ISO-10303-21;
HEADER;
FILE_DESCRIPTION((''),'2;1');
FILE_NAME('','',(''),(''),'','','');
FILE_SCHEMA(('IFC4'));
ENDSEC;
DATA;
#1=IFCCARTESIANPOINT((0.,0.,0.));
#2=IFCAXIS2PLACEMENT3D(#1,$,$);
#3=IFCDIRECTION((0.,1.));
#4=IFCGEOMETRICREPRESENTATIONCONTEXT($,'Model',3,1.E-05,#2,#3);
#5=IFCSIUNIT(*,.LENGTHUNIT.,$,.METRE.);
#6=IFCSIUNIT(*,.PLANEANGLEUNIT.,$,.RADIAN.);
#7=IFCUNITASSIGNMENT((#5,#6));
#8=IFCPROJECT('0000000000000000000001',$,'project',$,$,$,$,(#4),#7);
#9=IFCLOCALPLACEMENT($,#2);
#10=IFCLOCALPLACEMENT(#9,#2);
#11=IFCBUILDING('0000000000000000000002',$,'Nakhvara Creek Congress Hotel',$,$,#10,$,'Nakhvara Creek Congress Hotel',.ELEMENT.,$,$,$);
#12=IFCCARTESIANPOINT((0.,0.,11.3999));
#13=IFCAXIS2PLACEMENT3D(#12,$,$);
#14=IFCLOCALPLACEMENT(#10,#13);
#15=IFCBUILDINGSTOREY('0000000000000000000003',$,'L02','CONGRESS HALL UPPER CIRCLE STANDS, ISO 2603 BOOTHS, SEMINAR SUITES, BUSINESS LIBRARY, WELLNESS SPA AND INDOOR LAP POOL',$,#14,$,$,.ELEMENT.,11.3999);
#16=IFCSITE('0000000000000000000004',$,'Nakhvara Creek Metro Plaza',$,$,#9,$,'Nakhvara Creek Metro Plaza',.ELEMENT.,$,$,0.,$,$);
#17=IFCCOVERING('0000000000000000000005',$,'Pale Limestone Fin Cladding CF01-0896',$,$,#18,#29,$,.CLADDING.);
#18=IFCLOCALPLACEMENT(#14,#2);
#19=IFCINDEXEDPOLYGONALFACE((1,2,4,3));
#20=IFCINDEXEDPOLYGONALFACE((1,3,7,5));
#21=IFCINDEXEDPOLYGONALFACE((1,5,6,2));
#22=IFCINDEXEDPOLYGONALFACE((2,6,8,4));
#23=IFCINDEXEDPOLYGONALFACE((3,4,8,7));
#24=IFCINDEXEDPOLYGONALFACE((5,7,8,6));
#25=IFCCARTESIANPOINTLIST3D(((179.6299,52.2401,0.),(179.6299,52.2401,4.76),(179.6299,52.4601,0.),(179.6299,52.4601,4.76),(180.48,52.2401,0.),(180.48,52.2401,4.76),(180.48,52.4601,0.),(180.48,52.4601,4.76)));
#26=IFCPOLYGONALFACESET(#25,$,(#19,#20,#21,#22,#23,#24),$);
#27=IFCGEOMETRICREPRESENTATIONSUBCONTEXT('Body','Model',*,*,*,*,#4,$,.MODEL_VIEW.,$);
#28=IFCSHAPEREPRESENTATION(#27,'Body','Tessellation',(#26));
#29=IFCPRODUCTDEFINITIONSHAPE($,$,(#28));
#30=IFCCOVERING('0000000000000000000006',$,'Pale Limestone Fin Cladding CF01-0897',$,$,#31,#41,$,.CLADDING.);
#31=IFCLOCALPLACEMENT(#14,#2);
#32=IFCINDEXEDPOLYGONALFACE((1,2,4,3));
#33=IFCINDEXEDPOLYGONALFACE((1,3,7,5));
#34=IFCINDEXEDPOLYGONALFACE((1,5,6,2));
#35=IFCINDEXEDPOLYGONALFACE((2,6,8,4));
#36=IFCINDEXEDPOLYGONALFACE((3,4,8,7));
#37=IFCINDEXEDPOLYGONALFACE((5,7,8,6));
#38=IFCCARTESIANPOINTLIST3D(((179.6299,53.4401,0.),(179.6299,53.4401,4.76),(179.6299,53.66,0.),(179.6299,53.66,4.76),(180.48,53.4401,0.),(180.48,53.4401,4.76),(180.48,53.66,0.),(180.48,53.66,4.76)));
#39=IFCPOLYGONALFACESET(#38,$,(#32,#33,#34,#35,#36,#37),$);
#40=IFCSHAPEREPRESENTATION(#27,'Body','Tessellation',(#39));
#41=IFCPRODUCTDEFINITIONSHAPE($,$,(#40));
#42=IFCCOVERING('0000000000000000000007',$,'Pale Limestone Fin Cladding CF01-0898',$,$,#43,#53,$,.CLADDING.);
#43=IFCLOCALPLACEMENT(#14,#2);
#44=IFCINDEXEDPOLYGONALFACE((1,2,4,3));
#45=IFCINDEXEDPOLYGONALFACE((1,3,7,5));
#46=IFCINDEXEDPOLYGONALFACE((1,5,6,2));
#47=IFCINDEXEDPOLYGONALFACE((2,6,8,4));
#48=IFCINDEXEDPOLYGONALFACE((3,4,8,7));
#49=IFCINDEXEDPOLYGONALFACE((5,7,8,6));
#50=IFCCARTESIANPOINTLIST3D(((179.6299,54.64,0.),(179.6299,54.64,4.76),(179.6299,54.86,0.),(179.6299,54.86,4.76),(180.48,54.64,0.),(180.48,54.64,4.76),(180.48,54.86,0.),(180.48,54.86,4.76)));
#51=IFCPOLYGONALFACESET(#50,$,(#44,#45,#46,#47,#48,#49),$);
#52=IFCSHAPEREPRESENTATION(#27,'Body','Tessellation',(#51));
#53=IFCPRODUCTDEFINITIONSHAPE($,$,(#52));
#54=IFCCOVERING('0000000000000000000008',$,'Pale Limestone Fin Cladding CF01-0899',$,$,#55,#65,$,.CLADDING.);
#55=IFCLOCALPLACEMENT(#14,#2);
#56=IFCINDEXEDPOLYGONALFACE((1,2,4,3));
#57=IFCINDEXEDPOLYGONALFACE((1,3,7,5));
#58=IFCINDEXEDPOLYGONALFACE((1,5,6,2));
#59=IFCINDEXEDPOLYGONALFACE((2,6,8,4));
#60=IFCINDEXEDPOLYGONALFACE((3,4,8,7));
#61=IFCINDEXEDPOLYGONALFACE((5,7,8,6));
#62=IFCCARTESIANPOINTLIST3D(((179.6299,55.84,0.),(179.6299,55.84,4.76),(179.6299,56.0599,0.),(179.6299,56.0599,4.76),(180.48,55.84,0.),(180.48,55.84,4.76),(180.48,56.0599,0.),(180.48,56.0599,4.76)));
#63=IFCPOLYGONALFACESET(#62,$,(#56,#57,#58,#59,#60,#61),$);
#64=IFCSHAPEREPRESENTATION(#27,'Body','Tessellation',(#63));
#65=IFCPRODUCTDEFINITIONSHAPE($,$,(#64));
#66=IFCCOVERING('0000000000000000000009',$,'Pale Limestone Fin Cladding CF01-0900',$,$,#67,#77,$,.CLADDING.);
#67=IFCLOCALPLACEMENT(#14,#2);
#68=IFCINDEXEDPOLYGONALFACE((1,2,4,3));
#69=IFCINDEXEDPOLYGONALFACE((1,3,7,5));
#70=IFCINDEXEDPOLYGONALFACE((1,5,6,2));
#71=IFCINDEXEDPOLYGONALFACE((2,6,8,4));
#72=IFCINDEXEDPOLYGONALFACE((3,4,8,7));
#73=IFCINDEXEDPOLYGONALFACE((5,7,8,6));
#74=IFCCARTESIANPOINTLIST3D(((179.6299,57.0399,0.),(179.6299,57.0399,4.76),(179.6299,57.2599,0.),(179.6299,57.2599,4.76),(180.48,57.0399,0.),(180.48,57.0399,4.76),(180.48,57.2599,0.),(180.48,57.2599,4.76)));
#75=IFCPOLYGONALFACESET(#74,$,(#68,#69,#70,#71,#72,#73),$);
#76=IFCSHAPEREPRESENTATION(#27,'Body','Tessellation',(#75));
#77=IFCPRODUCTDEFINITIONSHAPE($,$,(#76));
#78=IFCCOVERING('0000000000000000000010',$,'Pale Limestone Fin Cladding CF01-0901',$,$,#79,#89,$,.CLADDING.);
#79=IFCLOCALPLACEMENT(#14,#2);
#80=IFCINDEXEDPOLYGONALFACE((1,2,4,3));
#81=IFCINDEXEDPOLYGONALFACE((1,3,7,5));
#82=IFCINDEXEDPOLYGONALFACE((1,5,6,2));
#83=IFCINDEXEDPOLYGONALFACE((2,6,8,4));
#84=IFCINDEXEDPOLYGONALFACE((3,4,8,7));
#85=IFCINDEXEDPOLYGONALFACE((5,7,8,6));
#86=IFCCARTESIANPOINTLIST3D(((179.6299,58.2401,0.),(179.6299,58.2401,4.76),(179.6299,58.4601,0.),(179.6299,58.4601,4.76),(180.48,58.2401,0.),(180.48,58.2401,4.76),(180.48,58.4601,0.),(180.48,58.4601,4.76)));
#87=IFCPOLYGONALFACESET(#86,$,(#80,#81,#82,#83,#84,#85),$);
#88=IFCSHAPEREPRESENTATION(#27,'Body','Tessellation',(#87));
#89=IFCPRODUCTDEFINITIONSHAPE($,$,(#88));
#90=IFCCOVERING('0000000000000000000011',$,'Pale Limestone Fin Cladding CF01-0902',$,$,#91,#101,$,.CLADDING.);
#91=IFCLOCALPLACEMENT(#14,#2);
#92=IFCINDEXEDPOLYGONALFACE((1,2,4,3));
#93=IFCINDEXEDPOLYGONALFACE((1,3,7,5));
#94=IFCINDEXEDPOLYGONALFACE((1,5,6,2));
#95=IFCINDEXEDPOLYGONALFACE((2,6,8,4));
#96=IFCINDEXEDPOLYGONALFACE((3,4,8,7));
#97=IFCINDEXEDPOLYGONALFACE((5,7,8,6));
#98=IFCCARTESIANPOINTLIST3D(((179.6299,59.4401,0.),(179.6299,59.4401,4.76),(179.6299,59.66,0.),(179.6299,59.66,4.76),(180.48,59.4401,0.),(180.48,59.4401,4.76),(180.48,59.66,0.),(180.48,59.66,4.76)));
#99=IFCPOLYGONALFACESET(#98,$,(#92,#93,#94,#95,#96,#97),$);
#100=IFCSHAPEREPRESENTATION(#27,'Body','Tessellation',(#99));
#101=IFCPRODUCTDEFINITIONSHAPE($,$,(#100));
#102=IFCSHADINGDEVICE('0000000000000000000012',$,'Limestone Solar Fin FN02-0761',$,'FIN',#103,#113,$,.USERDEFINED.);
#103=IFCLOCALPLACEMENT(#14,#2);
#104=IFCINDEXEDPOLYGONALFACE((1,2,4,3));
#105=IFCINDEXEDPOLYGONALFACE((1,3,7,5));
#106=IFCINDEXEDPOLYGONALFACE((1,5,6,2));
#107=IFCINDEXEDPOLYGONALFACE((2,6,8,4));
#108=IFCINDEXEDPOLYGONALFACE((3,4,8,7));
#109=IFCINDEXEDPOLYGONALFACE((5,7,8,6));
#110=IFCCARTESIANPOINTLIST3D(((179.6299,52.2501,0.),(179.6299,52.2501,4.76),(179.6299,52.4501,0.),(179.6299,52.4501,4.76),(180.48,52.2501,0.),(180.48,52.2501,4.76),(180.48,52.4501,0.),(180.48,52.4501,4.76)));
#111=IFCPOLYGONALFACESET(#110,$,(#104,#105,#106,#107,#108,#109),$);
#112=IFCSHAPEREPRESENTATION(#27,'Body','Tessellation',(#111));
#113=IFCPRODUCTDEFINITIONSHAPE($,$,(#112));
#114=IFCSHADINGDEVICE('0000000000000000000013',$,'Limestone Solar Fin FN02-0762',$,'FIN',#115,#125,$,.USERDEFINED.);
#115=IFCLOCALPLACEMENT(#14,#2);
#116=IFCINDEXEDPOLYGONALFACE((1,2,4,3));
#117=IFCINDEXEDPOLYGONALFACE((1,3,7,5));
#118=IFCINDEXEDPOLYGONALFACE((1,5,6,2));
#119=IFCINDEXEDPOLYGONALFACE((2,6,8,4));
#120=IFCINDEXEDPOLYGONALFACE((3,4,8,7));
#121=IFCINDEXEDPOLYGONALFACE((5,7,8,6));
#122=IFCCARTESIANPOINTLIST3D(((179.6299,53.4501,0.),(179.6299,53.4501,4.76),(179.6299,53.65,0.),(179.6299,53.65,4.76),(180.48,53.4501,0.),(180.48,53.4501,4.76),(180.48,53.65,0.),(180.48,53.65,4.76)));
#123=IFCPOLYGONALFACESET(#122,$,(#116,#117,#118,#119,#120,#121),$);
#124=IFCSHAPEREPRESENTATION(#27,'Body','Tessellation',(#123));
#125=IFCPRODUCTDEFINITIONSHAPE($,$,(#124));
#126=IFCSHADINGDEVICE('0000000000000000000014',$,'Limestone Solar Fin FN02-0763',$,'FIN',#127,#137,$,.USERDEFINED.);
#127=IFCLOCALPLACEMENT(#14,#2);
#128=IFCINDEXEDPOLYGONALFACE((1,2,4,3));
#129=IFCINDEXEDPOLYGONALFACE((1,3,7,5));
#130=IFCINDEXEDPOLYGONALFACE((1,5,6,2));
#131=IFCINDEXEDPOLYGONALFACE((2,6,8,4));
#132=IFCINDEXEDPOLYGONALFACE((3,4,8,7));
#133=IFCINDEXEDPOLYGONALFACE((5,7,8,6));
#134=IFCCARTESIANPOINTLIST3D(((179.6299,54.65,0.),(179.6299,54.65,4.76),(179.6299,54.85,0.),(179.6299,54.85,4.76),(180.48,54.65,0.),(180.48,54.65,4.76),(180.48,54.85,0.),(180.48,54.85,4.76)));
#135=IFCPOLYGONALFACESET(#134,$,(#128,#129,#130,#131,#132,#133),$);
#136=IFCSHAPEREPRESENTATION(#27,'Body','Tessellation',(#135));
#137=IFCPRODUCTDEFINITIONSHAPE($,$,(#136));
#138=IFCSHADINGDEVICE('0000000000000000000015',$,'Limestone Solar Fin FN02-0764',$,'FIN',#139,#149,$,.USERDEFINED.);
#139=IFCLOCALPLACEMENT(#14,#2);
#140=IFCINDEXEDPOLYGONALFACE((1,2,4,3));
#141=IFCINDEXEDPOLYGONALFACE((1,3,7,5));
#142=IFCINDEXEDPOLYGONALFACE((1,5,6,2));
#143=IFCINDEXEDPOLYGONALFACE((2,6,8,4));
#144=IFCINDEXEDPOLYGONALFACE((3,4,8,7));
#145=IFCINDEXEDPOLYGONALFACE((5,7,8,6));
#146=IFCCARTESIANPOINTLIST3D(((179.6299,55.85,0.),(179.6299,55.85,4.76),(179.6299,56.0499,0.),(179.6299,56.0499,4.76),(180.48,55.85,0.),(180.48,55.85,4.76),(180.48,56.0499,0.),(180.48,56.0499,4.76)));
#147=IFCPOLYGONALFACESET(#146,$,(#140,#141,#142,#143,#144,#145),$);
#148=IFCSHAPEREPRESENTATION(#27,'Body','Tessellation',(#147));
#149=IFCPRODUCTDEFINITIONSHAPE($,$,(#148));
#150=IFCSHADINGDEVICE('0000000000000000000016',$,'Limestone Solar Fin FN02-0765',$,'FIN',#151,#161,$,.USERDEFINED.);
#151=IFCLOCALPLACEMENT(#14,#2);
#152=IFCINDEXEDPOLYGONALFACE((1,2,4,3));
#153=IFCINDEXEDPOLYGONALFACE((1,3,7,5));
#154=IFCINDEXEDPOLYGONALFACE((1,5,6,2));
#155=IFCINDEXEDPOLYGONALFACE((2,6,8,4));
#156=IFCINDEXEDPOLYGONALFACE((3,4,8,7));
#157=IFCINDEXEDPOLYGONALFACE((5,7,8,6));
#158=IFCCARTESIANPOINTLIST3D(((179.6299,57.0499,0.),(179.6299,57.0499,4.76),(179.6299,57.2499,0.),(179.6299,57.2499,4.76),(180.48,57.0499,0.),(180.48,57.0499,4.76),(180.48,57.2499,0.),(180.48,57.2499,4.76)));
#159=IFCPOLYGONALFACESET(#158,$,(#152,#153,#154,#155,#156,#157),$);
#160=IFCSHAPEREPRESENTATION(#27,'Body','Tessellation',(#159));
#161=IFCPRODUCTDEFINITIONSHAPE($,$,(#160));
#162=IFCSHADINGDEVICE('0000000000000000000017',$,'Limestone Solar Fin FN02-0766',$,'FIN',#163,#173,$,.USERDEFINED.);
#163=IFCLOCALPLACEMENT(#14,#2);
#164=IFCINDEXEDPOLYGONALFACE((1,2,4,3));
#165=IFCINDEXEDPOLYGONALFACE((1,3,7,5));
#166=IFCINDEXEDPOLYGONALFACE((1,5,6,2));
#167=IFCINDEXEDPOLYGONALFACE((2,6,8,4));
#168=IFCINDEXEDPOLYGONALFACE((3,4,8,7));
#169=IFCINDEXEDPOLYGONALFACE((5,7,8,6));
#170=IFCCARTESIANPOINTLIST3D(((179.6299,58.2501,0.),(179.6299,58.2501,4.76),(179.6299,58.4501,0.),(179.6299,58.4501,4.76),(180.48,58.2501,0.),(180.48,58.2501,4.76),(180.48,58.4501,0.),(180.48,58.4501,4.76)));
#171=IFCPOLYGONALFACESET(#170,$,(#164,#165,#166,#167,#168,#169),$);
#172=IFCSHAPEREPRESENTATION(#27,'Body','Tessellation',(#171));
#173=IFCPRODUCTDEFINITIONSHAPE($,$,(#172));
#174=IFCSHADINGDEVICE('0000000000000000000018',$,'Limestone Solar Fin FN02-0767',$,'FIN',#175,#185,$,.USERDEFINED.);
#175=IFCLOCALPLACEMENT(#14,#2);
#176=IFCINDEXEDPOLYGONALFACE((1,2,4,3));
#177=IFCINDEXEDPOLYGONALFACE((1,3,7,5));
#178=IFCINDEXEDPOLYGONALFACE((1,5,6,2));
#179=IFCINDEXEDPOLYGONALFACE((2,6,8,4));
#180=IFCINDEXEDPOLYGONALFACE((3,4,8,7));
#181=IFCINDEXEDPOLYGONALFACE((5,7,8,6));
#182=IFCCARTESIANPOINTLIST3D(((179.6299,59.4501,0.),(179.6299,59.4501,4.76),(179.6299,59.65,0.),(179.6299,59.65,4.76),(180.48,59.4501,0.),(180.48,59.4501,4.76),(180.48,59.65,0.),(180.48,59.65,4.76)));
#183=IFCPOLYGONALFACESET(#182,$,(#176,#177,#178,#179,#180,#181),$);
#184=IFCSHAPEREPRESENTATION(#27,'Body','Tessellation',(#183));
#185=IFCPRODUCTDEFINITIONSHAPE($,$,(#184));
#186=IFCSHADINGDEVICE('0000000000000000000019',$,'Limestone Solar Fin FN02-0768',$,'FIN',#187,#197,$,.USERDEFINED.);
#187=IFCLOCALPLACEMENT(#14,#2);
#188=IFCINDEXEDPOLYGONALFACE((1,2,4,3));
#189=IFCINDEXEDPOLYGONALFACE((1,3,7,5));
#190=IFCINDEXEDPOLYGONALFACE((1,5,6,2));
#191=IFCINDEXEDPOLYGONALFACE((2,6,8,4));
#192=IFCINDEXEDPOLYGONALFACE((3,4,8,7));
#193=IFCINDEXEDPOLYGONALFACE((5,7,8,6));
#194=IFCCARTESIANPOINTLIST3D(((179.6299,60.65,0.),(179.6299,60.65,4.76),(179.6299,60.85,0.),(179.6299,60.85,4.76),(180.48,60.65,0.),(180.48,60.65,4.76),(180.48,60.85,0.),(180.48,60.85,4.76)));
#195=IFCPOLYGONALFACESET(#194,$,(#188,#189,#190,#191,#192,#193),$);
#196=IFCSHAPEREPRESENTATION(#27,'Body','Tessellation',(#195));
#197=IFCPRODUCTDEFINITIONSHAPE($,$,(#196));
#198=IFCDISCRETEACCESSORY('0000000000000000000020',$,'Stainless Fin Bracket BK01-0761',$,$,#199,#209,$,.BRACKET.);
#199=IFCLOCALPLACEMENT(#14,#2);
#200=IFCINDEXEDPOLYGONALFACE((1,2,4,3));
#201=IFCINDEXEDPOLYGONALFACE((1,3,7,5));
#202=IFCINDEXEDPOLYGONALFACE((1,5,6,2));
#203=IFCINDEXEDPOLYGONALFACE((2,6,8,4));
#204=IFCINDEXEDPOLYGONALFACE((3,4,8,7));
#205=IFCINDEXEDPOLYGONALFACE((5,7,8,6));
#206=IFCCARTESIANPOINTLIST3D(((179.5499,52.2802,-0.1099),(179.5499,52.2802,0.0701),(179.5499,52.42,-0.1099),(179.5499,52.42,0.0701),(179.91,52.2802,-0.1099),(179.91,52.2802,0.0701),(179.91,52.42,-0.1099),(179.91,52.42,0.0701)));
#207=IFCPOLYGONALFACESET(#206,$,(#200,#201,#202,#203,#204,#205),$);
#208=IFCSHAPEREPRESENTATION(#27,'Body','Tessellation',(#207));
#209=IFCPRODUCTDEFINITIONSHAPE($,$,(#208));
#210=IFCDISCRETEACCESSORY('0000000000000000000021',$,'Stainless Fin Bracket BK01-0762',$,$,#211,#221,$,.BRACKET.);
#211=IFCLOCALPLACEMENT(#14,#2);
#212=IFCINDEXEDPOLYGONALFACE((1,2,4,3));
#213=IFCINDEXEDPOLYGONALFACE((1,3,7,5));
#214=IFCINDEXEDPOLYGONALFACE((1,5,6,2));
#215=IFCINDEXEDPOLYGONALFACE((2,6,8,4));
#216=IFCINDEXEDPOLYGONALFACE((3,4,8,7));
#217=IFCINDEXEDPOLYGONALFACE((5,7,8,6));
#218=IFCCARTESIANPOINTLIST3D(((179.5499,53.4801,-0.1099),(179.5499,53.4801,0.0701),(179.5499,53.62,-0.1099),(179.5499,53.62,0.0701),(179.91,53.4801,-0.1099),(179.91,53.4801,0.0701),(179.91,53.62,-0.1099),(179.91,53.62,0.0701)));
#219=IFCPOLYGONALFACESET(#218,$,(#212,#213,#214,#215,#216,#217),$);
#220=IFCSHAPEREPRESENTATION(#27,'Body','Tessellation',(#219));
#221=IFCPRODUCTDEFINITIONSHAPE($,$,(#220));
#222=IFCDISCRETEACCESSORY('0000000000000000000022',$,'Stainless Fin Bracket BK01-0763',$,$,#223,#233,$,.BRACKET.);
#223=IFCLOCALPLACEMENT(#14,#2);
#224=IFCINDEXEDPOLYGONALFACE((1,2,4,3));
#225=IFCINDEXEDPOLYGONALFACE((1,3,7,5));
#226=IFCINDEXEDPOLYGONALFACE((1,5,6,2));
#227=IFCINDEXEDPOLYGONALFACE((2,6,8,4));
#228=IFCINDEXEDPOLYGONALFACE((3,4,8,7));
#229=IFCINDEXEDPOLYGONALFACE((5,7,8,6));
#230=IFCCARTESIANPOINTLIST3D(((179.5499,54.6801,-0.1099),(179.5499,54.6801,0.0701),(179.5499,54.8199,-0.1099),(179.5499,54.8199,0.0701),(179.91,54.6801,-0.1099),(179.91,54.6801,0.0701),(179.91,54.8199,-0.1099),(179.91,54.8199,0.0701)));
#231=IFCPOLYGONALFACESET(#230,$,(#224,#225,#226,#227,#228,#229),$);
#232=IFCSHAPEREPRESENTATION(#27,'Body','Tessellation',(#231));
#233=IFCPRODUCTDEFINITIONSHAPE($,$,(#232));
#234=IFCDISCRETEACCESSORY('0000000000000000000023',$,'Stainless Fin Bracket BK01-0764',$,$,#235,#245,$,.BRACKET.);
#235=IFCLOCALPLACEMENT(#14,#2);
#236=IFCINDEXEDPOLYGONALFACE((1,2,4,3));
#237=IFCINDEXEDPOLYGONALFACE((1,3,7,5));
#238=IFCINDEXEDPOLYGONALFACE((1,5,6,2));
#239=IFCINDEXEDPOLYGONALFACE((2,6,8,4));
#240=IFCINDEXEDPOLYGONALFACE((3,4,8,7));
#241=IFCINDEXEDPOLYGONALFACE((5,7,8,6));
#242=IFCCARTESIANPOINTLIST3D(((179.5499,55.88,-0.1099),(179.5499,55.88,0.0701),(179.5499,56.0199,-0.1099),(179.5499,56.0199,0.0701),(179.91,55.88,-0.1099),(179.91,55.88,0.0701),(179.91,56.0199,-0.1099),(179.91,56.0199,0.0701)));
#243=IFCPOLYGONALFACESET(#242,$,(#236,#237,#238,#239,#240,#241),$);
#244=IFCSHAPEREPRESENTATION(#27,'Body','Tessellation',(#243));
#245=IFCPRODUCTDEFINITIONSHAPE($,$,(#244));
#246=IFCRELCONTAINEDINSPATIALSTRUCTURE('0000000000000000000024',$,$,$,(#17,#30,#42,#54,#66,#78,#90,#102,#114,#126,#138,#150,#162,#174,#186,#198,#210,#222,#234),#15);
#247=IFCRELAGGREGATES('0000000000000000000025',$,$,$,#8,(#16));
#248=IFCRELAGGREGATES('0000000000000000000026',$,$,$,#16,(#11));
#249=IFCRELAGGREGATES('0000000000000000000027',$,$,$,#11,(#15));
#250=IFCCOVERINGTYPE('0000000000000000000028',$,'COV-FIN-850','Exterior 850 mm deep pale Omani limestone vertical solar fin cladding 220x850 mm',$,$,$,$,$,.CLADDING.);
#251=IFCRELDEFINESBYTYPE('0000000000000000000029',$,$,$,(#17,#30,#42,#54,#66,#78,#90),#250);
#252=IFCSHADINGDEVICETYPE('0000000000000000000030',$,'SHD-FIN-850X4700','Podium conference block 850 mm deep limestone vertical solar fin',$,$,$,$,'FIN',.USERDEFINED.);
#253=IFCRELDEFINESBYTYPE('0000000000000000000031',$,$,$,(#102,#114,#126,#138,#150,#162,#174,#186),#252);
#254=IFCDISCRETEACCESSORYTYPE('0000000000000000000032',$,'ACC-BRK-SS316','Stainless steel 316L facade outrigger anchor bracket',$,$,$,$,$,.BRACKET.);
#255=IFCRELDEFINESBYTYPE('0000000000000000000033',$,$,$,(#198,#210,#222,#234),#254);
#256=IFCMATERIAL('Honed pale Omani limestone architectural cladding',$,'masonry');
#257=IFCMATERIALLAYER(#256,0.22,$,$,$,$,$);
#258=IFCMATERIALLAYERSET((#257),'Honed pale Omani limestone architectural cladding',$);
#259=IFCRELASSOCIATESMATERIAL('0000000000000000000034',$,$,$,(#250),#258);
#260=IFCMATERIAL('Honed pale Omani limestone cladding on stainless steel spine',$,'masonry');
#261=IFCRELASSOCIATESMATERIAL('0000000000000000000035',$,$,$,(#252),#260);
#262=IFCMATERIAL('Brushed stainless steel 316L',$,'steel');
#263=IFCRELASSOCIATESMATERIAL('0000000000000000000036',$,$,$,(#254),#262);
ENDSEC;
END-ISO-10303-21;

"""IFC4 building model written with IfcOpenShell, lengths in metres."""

from ifc_helpers import new_model, si_unit, direction, frame, origin, origin_2d, place, context, subcontext, project, spatial, rectangle, extrude, material, layer, layer_set, type_object, element, save


model = new_model("IFC4")

# Units and contexts
model_context = context("Model", 3, precision=1e-05, world=origin(), true_north=direction((0.0, 1.0)))
body_context = subcontext(model_context, "Body", "Model", "MODEL_VIEW")
ifc_project = project(units=[si_unit("LENGTHUNIT", "METRE"), si_unit("PLANEANGLEUNIT", "RADIAN")], contexts=[model_context])

# Site, building, storey
site_placement = place(None, origin())
site = spatial("IfcSite", under=ifc_project, at=site_placement, Name="Nakhvara Creek Metro Plaza", LongName="Nakhvara Creek Metro Plaza", CompositionType="ELEMENT", RefElevation=0.0)
building_placement = place(site_placement, origin())
building = spatial("IfcBuilding", under=site, at=building_placement, Name="Nakhvara Creek Congress Hotel", LongName="Nakhvara Creek Congress Hotel", CompositionType="ELEMENT")
storey_placement = place(building_placement, frame((0.0, 0.0, 11.3999)))
storey = spatial("IfcBuildingStorey", under=building, at=storey_placement, Name="L02", Description="CONGRESS HALL UPPER CIRCLE STANDS, ISO 2603 BOOTHS, SEMINAR SUITES, BUSINESS LIBRARY, WELLNESS SPA AND INDOOR LAP POOL", CompositionType="ELEMENT", Elevation=11.3999)

# Coverings
ifc_material_1 = material(Name="Honed pale Omani limestone architectural cladding", Category="masonry")
ifc_layer = layer(ifc_material_1, 0.22)
ifc_layer_set = layer_set([ifc_layer], Name="Honed pale Omani limestone architectural cladding")
covering_type = type_object("IfcCoveringType", Name="COV-FIN-850", Description="Exterior 850 mm deep pale Omani limestone vertical solar fin cladding 220x850 mm", PredefinedType="CLADDING", material=ifc_layer_set)
for number, where, z_axis, x_axis, name in (
    (1, (180.0549, 52.3501, 0.0), (0.0, 0.0, 1.0), (0.0, 1.0, 0.0), "Pale Limestone Fin Cladding CF01-0896"),
    (2, (180.0549, 53.55, 0.0), (0.0, 0.0, 1.0), (0.0, 1.0, 0.0), "Pale Limestone Fin Cladding CF01-0897"),
    (3, (180.0549, 54.75, 0.0), (0.0, 0.0, 1.0), (0.0, 1.0, 0.0), "Pale Limestone Fin Cladding CF01-0898"),
    (4, (180.0549, 55.95, 0.0), (0.0, 0.0, 1.0), (0.0, 1.0, 0.0), "Pale Limestone Fin Cladding CF01-0899"),
    (5, (180.0549, 57.1499, 0.0), (0.0, 0.0, 1.0), (0.0, 1.0, 0.0), "Pale Limestone Fin Cladding CF01-0900"),
    (6, (180.0549, 58.3501, 0.0), (0.0, 0.0, 1.0), (0.0, 1.0, 0.0), "Pale Limestone Fin Cladding CF01-0901"),
    (7, (180.0549, 59.55, 0.0), (0.0, 0.0, 1.0), (0.0, 1.0, 0.0), "Pale Limestone Fin Cladding CF01-0902"),
):
    element("IfcCovering", number, at=place(storey_placement, frame(where, z_axis=z_axis, x_axis=x_axis)), inside=storey, type_object=covering_type, Name=name, PredefinedType="CLADDING", context=body_context, shape_type="SweptSolid", body=[
        extrude(rectangle(XDim=0.22, YDim=0.8501, at=origin_2d()), origin(), (0.0, 0.0, 1.0), 4.76),
    ])

# Shading devices
ifc_material_2 = material(Name="Honed pale Omani limestone cladding on stainless steel spine", Category="masonry")
shading_device_type = type_object("IfcShadingDeviceType", Name="SHD-FIN-850X4700", Description="Podium conference block 850 mm deep limestone vertical solar fin", ElementType="FIN", PredefinedType="USERDEFINED", material=ifc_material_2)
for number, where, z_axis, x_axis, name in (
    (8, (180.0549, 52.3501, 0.0), (0.0, 0.0, 1.0), (0.0, 1.0, 0.0), "Limestone Solar Fin FN02-0761"),
    (9, (180.0549, 53.55, 0.0), (0.0, 0.0, 1.0), (0.0, 1.0, 0.0), "Limestone Solar Fin FN02-0762"),
    (10, (180.0549, 54.75, 0.0), (0.0, 0.0, 1.0), (0.0, 1.0, 0.0), "Limestone Solar Fin FN02-0763"),
    (11, (180.0549, 55.95, 0.0), (0.0, 0.0, 1.0), (0.0, 1.0, 0.0), "Limestone Solar Fin FN02-0764"),
    (12, (180.0549, 57.1499, 0.0), (0.0, 0.0, 1.0), (0.0, 1.0, 0.0), "Limestone Solar Fin FN02-0765"),
    (13, (180.0549, 58.3501, 0.0), (0.0, 0.0, 1.0), (0.0, 1.0, 0.0), "Limestone Solar Fin FN02-0766"),
    (14, (180.0549, 59.55, 0.0), (0.0, 0.0, 1.0), (0.0, 1.0, 0.0), "Limestone Solar Fin FN02-0767"),
    (15, (180.0549, 60.75, 0.0), (0.0, 0.0, 1.0), (0.0, 1.0, 0.0), "Limestone Solar Fin FN02-0768"),
):
    element("IfcShadingDevice", number, at=place(storey_placement, frame(where, z_axis=z_axis, x_axis=x_axis)), inside=storey, type_object=shading_device_type, Name=name, ObjectType="FIN", PredefinedType="USERDEFINED", context=body_context, shape_type="SweptSolid", body=[
        extrude(rectangle(XDim=0.2, YDim=0.8501, at=origin_2d()), origin(), (0.0, 0.0, 1.0), 4.76),
    ])

# Discrete accessories
ifc_material_3 = material(Name="Brushed stainless steel 316L", Category="steel")
discrete_accessory_type = type_object("IfcDiscreteAccessoryType", Name="ACC-BRK-SS316", Description="Stainless steel 316L facade outrigger anchor bracket", PredefinedType="BRACKET", material=ifc_material_3)
for number, where, z_axis, x_axis, name in (
    (16, (179.73, 52.3501, -0.1099), (0.0, 0.0, 1.0), (0.0, 1.0, 0.0), "Stainless Fin Bracket BK01-0761"),
    (17, (179.73, 53.55, -0.1099), (0.0, 0.0, 1.0), (0.0, 1.0, 0.0), "Stainless Fin Bracket BK01-0762"),
    (18, (179.73, 54.75, -0.1099), (0.0, 0.0, 1.0), (0.0, 1.0, 0.0), "Stainless Fin Bracket BK01-0763"),
    (19, (179.73, 55.95, -0.1099), (0.0, 0.0, 1.0), (0.0, 1.0, 0.0), "Stainless Fin Bracket BK01-0764"),
):
    element("IfcDiscreteAccessory", number, at=place(storey_placement, frame(where, z_axis=z_axis, x_axis=x_axis)), inside=storey, type_object=discrete_accessory_type, Name=name, PredefinedType="BRACKET", context=body_context, shape_type="SweptSolid", body=[
        extrude(rectangle(XDim=0.1399, YDim=0.3601, at=origin_2d()), origin(), (0.0, 0.0, 1.0), 0.1799),
    ])

save(model, "model.ifc")
